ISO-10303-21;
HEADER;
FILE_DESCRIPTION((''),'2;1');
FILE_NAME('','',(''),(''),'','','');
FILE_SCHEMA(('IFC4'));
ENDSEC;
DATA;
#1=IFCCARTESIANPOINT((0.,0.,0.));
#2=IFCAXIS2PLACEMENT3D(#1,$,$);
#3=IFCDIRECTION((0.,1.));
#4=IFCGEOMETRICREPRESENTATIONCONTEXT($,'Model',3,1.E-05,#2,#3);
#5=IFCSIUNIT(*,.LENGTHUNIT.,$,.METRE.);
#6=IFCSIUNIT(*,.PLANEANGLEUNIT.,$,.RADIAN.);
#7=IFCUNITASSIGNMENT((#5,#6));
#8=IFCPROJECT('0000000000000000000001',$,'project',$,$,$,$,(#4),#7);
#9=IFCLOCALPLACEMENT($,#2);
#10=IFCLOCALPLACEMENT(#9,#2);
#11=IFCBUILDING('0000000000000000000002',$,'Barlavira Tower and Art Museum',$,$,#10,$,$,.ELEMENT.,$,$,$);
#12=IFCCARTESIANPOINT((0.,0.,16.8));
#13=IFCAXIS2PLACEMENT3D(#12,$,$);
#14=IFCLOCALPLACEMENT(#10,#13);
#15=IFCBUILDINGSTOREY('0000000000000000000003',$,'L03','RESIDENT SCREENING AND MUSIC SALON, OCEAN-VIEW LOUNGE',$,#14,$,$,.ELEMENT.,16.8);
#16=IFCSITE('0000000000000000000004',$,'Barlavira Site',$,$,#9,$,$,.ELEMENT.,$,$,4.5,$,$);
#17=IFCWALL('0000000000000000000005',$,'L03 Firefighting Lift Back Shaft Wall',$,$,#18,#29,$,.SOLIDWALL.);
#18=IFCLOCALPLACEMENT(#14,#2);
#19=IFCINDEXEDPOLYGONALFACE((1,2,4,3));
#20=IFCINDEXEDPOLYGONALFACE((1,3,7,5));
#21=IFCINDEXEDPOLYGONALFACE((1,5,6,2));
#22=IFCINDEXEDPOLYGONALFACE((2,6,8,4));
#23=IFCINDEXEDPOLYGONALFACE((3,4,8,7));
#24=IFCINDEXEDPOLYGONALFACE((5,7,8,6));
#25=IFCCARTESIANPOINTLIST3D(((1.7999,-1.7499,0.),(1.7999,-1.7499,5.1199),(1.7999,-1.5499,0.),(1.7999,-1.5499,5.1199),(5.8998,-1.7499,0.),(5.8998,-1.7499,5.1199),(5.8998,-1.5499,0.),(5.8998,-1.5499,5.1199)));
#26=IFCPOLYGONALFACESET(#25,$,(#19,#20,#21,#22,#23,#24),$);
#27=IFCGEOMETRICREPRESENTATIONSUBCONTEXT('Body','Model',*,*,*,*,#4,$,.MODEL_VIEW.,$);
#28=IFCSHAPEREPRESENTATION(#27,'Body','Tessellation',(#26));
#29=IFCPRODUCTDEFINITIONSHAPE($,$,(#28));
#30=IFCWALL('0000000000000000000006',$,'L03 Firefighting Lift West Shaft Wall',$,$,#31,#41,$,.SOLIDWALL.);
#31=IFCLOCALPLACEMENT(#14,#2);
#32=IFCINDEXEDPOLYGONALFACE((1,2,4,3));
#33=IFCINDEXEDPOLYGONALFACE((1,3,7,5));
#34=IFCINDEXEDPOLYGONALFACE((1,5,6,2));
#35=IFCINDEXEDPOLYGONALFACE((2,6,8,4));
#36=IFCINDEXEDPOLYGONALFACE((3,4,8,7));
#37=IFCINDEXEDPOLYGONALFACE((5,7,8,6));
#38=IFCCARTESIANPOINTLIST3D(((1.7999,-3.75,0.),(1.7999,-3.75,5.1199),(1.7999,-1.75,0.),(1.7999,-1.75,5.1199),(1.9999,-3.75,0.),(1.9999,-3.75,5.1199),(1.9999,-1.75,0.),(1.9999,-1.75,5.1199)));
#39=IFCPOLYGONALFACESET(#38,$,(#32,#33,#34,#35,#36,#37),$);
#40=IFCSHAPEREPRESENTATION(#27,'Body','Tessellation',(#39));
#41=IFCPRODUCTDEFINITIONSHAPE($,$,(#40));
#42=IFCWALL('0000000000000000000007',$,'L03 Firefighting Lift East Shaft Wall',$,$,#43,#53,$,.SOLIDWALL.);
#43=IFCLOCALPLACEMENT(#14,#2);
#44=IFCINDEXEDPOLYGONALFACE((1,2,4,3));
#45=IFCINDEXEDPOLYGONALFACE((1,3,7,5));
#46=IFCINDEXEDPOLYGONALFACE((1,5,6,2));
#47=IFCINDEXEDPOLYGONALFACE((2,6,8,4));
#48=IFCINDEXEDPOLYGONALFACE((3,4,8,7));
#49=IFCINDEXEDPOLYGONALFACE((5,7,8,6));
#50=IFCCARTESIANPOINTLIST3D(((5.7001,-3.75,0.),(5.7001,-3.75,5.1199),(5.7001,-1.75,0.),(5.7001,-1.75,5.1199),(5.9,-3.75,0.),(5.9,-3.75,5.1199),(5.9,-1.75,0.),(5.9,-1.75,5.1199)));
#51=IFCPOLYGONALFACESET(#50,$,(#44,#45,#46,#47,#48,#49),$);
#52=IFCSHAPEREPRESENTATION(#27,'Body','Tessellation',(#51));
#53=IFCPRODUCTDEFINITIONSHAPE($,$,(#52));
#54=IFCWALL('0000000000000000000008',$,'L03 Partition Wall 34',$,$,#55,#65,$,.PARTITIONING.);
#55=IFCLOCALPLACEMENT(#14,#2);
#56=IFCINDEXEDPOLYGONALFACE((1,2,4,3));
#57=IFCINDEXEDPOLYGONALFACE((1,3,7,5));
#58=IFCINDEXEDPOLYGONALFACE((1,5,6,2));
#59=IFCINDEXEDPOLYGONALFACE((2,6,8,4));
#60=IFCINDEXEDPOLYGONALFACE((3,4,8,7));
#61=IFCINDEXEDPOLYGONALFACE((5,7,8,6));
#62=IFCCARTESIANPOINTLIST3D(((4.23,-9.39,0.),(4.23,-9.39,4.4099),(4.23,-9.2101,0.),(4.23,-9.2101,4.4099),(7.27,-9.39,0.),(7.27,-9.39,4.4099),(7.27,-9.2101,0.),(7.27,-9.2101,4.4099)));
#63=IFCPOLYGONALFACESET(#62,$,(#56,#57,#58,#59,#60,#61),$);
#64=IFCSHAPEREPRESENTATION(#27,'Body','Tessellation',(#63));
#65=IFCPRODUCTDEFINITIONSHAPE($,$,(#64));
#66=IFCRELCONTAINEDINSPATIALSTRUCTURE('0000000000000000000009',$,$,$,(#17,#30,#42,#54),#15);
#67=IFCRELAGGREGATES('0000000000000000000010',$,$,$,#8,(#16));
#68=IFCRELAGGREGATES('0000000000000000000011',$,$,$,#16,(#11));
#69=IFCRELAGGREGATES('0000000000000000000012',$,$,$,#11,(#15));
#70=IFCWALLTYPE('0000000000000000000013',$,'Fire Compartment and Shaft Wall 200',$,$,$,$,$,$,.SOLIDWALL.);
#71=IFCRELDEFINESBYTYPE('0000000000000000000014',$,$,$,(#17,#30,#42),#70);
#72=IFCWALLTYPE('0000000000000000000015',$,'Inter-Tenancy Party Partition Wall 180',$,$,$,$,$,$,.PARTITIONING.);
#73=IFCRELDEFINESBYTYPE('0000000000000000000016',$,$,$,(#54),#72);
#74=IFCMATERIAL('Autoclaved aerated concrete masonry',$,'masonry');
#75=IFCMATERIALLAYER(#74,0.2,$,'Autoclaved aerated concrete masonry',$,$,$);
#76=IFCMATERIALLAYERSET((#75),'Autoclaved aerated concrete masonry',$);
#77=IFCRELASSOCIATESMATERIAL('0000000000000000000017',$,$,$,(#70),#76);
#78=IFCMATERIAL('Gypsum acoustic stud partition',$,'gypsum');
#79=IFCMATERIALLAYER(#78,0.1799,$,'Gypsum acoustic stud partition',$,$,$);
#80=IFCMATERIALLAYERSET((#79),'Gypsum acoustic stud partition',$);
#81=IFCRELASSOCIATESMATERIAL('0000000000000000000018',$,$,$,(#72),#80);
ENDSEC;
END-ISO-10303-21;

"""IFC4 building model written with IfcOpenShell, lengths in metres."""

from ifc_helpers import new_model, si_unit, direction, frame, frame_2d, origin, place, context, subcontext, project, spatial, rectangle, extrude, material, layer, layer_set, type_object, element, save


model = new_model("IFC4")

# Units and contexts
model_context = context("Model", 3, precision=1e-05, world=origin(), true_north=direction((0.0, 1.0)))
body_context = subcontext(model_context, "Body", "Model", "MODEL_VIEW")
ifc_project = project(units=[si_unit("LENGTHUNIT", "METRE"), si_unit("PLANEANGLEUNIT", "RADIAN")], contexts=[model_context])

# Site, building, storey
site_placement = place(None, origin())
site = spatial("IfcSite", under=ifc_project, at=site_placement, Name="Barlavira Site", CompositionType="ELEMENT", RefElevation=4.5)
building_placement = place(site_placement, origin())
building = spatial("IfcBuilding", under=site, at=building_placement, Name="Barlavira Tower and Art Museum", CompositionType="ELEMENT")
storey_placement = place(building_placement, frame((0.0, 0.0, 16.8)))
storey = spatial("IfcBuildingStorey", under=building, at=storey_placement, Name="L03", Description="RESIDENT SCREENING AND MUSIC SALON, OCEAN-VIEW LOUNGE", CompositionType="ELEMENT", Elevation=16.8)

# Shared definitions
ifc_material_1 = material(Name="Autoclaved aerated concrete masonry", Category="masonry")
ifc_layer_1 = layer(ifc_material_1, 0.2, Name="Autoclaved aerated concrete masonry")
ifc_layer_set_1 = layer_set([ifc_layer_1], Name="Autoclaved aerated concrete masonry")
wall_type_1 = type_object("IfcWallType", Name="Fire Compartment and Shaft Wall 200", PredefinedType="SOLIDWALL", material=ifc_layer_set_1)

# Walls
wall_1_placement = place(storey_placement, frame((1.8, -1.6499, 0.0), z_axis=(0.0, 0.0, 1.0), x_axis=(1.0, 0.0, 0.0)))
element("IfcWall", 1, at=wall_1_placement, inside=storey, type_object=wall_type_1, Name="L03 Firefighting Lift Back Shaft Wall", PredefinedType="SOLIDWALL", context=body_context, shape_type="SweptSolid", body=[
    extrude(rectangle(XDim=4.0999, YDim=0.2, at=frame_2d((2.0498, 0.0))), origin(), (0.0, 0.0, 1.0), 5.1199),
])
for number, where, z_axis, x_axis, name in (
    (2, (1.8999, -3.75, 0.0), (0.0, 0.0, 1.0), (0.0, 1.0, 0.0), "L03 Firefighting Lift West Shaft Wall"),
    (3, (5.8, -3.75, 0.0), (0.0, 0.0, 1.0), (0.0, 1.0, 0.0), "L03 Firefighting Lift East Shaft Wall"),
):
    element("IfcWall", number, at=place(storey_placement, frame(where, z_axis=z_axis, x_axis=x_axis)), inside=storey, type_object=wall_type_1, Name=name, PredefinedType="SOLIDWALL", context=body_context, shape_type="SweptSolid", body=[
        extrude(rectangle(XDim=2.0, YDim=0.2, at=frame_2d((1.0, 0.0))), origin(), (0.0, 0.0, 1.0), 5.1199),
    ])
ifc_material_2 = material(Name="Gypsum acoustic stud partition", Category="gypsum")
ifc_layer_2 = layer(ifc_material_2, 0.1799, Name="Gypsum acoustic stud partition")
ifc_layer_set_2 = layer_set([ifc_layer_2], Name="Gypsum acoustic stud partition")
wall_type_2 = type_object("IfcWallType", Name="Inter-Tenancy Party Partition Wall 180", PredefinedType="PARTITIONING", material=ifc_layer_set_2)
wall_2_placement = place(storey_placement, frame((4.23, -9.3, 0.0), z_axis=(0.0, 0.0, 1.0), x_axis=(1.0, 0.0, 0.0)))
element("IfcWall", 4, at=wall_2_placement, inside=storey, type_object=wall_type_2, Name="L03 Partition Wall 34", PredefinedType="PARTITIONING", context=body_context, shape_type="SweptSolid", body=[
    extrude(rectangle(XDim=3.04, YDim=0.1799, at=frame_2d((1.52, 0.0))), origin(), (0.0, 0.0, 1.0), 4.4099),
])

save(model, "model.ifc")
